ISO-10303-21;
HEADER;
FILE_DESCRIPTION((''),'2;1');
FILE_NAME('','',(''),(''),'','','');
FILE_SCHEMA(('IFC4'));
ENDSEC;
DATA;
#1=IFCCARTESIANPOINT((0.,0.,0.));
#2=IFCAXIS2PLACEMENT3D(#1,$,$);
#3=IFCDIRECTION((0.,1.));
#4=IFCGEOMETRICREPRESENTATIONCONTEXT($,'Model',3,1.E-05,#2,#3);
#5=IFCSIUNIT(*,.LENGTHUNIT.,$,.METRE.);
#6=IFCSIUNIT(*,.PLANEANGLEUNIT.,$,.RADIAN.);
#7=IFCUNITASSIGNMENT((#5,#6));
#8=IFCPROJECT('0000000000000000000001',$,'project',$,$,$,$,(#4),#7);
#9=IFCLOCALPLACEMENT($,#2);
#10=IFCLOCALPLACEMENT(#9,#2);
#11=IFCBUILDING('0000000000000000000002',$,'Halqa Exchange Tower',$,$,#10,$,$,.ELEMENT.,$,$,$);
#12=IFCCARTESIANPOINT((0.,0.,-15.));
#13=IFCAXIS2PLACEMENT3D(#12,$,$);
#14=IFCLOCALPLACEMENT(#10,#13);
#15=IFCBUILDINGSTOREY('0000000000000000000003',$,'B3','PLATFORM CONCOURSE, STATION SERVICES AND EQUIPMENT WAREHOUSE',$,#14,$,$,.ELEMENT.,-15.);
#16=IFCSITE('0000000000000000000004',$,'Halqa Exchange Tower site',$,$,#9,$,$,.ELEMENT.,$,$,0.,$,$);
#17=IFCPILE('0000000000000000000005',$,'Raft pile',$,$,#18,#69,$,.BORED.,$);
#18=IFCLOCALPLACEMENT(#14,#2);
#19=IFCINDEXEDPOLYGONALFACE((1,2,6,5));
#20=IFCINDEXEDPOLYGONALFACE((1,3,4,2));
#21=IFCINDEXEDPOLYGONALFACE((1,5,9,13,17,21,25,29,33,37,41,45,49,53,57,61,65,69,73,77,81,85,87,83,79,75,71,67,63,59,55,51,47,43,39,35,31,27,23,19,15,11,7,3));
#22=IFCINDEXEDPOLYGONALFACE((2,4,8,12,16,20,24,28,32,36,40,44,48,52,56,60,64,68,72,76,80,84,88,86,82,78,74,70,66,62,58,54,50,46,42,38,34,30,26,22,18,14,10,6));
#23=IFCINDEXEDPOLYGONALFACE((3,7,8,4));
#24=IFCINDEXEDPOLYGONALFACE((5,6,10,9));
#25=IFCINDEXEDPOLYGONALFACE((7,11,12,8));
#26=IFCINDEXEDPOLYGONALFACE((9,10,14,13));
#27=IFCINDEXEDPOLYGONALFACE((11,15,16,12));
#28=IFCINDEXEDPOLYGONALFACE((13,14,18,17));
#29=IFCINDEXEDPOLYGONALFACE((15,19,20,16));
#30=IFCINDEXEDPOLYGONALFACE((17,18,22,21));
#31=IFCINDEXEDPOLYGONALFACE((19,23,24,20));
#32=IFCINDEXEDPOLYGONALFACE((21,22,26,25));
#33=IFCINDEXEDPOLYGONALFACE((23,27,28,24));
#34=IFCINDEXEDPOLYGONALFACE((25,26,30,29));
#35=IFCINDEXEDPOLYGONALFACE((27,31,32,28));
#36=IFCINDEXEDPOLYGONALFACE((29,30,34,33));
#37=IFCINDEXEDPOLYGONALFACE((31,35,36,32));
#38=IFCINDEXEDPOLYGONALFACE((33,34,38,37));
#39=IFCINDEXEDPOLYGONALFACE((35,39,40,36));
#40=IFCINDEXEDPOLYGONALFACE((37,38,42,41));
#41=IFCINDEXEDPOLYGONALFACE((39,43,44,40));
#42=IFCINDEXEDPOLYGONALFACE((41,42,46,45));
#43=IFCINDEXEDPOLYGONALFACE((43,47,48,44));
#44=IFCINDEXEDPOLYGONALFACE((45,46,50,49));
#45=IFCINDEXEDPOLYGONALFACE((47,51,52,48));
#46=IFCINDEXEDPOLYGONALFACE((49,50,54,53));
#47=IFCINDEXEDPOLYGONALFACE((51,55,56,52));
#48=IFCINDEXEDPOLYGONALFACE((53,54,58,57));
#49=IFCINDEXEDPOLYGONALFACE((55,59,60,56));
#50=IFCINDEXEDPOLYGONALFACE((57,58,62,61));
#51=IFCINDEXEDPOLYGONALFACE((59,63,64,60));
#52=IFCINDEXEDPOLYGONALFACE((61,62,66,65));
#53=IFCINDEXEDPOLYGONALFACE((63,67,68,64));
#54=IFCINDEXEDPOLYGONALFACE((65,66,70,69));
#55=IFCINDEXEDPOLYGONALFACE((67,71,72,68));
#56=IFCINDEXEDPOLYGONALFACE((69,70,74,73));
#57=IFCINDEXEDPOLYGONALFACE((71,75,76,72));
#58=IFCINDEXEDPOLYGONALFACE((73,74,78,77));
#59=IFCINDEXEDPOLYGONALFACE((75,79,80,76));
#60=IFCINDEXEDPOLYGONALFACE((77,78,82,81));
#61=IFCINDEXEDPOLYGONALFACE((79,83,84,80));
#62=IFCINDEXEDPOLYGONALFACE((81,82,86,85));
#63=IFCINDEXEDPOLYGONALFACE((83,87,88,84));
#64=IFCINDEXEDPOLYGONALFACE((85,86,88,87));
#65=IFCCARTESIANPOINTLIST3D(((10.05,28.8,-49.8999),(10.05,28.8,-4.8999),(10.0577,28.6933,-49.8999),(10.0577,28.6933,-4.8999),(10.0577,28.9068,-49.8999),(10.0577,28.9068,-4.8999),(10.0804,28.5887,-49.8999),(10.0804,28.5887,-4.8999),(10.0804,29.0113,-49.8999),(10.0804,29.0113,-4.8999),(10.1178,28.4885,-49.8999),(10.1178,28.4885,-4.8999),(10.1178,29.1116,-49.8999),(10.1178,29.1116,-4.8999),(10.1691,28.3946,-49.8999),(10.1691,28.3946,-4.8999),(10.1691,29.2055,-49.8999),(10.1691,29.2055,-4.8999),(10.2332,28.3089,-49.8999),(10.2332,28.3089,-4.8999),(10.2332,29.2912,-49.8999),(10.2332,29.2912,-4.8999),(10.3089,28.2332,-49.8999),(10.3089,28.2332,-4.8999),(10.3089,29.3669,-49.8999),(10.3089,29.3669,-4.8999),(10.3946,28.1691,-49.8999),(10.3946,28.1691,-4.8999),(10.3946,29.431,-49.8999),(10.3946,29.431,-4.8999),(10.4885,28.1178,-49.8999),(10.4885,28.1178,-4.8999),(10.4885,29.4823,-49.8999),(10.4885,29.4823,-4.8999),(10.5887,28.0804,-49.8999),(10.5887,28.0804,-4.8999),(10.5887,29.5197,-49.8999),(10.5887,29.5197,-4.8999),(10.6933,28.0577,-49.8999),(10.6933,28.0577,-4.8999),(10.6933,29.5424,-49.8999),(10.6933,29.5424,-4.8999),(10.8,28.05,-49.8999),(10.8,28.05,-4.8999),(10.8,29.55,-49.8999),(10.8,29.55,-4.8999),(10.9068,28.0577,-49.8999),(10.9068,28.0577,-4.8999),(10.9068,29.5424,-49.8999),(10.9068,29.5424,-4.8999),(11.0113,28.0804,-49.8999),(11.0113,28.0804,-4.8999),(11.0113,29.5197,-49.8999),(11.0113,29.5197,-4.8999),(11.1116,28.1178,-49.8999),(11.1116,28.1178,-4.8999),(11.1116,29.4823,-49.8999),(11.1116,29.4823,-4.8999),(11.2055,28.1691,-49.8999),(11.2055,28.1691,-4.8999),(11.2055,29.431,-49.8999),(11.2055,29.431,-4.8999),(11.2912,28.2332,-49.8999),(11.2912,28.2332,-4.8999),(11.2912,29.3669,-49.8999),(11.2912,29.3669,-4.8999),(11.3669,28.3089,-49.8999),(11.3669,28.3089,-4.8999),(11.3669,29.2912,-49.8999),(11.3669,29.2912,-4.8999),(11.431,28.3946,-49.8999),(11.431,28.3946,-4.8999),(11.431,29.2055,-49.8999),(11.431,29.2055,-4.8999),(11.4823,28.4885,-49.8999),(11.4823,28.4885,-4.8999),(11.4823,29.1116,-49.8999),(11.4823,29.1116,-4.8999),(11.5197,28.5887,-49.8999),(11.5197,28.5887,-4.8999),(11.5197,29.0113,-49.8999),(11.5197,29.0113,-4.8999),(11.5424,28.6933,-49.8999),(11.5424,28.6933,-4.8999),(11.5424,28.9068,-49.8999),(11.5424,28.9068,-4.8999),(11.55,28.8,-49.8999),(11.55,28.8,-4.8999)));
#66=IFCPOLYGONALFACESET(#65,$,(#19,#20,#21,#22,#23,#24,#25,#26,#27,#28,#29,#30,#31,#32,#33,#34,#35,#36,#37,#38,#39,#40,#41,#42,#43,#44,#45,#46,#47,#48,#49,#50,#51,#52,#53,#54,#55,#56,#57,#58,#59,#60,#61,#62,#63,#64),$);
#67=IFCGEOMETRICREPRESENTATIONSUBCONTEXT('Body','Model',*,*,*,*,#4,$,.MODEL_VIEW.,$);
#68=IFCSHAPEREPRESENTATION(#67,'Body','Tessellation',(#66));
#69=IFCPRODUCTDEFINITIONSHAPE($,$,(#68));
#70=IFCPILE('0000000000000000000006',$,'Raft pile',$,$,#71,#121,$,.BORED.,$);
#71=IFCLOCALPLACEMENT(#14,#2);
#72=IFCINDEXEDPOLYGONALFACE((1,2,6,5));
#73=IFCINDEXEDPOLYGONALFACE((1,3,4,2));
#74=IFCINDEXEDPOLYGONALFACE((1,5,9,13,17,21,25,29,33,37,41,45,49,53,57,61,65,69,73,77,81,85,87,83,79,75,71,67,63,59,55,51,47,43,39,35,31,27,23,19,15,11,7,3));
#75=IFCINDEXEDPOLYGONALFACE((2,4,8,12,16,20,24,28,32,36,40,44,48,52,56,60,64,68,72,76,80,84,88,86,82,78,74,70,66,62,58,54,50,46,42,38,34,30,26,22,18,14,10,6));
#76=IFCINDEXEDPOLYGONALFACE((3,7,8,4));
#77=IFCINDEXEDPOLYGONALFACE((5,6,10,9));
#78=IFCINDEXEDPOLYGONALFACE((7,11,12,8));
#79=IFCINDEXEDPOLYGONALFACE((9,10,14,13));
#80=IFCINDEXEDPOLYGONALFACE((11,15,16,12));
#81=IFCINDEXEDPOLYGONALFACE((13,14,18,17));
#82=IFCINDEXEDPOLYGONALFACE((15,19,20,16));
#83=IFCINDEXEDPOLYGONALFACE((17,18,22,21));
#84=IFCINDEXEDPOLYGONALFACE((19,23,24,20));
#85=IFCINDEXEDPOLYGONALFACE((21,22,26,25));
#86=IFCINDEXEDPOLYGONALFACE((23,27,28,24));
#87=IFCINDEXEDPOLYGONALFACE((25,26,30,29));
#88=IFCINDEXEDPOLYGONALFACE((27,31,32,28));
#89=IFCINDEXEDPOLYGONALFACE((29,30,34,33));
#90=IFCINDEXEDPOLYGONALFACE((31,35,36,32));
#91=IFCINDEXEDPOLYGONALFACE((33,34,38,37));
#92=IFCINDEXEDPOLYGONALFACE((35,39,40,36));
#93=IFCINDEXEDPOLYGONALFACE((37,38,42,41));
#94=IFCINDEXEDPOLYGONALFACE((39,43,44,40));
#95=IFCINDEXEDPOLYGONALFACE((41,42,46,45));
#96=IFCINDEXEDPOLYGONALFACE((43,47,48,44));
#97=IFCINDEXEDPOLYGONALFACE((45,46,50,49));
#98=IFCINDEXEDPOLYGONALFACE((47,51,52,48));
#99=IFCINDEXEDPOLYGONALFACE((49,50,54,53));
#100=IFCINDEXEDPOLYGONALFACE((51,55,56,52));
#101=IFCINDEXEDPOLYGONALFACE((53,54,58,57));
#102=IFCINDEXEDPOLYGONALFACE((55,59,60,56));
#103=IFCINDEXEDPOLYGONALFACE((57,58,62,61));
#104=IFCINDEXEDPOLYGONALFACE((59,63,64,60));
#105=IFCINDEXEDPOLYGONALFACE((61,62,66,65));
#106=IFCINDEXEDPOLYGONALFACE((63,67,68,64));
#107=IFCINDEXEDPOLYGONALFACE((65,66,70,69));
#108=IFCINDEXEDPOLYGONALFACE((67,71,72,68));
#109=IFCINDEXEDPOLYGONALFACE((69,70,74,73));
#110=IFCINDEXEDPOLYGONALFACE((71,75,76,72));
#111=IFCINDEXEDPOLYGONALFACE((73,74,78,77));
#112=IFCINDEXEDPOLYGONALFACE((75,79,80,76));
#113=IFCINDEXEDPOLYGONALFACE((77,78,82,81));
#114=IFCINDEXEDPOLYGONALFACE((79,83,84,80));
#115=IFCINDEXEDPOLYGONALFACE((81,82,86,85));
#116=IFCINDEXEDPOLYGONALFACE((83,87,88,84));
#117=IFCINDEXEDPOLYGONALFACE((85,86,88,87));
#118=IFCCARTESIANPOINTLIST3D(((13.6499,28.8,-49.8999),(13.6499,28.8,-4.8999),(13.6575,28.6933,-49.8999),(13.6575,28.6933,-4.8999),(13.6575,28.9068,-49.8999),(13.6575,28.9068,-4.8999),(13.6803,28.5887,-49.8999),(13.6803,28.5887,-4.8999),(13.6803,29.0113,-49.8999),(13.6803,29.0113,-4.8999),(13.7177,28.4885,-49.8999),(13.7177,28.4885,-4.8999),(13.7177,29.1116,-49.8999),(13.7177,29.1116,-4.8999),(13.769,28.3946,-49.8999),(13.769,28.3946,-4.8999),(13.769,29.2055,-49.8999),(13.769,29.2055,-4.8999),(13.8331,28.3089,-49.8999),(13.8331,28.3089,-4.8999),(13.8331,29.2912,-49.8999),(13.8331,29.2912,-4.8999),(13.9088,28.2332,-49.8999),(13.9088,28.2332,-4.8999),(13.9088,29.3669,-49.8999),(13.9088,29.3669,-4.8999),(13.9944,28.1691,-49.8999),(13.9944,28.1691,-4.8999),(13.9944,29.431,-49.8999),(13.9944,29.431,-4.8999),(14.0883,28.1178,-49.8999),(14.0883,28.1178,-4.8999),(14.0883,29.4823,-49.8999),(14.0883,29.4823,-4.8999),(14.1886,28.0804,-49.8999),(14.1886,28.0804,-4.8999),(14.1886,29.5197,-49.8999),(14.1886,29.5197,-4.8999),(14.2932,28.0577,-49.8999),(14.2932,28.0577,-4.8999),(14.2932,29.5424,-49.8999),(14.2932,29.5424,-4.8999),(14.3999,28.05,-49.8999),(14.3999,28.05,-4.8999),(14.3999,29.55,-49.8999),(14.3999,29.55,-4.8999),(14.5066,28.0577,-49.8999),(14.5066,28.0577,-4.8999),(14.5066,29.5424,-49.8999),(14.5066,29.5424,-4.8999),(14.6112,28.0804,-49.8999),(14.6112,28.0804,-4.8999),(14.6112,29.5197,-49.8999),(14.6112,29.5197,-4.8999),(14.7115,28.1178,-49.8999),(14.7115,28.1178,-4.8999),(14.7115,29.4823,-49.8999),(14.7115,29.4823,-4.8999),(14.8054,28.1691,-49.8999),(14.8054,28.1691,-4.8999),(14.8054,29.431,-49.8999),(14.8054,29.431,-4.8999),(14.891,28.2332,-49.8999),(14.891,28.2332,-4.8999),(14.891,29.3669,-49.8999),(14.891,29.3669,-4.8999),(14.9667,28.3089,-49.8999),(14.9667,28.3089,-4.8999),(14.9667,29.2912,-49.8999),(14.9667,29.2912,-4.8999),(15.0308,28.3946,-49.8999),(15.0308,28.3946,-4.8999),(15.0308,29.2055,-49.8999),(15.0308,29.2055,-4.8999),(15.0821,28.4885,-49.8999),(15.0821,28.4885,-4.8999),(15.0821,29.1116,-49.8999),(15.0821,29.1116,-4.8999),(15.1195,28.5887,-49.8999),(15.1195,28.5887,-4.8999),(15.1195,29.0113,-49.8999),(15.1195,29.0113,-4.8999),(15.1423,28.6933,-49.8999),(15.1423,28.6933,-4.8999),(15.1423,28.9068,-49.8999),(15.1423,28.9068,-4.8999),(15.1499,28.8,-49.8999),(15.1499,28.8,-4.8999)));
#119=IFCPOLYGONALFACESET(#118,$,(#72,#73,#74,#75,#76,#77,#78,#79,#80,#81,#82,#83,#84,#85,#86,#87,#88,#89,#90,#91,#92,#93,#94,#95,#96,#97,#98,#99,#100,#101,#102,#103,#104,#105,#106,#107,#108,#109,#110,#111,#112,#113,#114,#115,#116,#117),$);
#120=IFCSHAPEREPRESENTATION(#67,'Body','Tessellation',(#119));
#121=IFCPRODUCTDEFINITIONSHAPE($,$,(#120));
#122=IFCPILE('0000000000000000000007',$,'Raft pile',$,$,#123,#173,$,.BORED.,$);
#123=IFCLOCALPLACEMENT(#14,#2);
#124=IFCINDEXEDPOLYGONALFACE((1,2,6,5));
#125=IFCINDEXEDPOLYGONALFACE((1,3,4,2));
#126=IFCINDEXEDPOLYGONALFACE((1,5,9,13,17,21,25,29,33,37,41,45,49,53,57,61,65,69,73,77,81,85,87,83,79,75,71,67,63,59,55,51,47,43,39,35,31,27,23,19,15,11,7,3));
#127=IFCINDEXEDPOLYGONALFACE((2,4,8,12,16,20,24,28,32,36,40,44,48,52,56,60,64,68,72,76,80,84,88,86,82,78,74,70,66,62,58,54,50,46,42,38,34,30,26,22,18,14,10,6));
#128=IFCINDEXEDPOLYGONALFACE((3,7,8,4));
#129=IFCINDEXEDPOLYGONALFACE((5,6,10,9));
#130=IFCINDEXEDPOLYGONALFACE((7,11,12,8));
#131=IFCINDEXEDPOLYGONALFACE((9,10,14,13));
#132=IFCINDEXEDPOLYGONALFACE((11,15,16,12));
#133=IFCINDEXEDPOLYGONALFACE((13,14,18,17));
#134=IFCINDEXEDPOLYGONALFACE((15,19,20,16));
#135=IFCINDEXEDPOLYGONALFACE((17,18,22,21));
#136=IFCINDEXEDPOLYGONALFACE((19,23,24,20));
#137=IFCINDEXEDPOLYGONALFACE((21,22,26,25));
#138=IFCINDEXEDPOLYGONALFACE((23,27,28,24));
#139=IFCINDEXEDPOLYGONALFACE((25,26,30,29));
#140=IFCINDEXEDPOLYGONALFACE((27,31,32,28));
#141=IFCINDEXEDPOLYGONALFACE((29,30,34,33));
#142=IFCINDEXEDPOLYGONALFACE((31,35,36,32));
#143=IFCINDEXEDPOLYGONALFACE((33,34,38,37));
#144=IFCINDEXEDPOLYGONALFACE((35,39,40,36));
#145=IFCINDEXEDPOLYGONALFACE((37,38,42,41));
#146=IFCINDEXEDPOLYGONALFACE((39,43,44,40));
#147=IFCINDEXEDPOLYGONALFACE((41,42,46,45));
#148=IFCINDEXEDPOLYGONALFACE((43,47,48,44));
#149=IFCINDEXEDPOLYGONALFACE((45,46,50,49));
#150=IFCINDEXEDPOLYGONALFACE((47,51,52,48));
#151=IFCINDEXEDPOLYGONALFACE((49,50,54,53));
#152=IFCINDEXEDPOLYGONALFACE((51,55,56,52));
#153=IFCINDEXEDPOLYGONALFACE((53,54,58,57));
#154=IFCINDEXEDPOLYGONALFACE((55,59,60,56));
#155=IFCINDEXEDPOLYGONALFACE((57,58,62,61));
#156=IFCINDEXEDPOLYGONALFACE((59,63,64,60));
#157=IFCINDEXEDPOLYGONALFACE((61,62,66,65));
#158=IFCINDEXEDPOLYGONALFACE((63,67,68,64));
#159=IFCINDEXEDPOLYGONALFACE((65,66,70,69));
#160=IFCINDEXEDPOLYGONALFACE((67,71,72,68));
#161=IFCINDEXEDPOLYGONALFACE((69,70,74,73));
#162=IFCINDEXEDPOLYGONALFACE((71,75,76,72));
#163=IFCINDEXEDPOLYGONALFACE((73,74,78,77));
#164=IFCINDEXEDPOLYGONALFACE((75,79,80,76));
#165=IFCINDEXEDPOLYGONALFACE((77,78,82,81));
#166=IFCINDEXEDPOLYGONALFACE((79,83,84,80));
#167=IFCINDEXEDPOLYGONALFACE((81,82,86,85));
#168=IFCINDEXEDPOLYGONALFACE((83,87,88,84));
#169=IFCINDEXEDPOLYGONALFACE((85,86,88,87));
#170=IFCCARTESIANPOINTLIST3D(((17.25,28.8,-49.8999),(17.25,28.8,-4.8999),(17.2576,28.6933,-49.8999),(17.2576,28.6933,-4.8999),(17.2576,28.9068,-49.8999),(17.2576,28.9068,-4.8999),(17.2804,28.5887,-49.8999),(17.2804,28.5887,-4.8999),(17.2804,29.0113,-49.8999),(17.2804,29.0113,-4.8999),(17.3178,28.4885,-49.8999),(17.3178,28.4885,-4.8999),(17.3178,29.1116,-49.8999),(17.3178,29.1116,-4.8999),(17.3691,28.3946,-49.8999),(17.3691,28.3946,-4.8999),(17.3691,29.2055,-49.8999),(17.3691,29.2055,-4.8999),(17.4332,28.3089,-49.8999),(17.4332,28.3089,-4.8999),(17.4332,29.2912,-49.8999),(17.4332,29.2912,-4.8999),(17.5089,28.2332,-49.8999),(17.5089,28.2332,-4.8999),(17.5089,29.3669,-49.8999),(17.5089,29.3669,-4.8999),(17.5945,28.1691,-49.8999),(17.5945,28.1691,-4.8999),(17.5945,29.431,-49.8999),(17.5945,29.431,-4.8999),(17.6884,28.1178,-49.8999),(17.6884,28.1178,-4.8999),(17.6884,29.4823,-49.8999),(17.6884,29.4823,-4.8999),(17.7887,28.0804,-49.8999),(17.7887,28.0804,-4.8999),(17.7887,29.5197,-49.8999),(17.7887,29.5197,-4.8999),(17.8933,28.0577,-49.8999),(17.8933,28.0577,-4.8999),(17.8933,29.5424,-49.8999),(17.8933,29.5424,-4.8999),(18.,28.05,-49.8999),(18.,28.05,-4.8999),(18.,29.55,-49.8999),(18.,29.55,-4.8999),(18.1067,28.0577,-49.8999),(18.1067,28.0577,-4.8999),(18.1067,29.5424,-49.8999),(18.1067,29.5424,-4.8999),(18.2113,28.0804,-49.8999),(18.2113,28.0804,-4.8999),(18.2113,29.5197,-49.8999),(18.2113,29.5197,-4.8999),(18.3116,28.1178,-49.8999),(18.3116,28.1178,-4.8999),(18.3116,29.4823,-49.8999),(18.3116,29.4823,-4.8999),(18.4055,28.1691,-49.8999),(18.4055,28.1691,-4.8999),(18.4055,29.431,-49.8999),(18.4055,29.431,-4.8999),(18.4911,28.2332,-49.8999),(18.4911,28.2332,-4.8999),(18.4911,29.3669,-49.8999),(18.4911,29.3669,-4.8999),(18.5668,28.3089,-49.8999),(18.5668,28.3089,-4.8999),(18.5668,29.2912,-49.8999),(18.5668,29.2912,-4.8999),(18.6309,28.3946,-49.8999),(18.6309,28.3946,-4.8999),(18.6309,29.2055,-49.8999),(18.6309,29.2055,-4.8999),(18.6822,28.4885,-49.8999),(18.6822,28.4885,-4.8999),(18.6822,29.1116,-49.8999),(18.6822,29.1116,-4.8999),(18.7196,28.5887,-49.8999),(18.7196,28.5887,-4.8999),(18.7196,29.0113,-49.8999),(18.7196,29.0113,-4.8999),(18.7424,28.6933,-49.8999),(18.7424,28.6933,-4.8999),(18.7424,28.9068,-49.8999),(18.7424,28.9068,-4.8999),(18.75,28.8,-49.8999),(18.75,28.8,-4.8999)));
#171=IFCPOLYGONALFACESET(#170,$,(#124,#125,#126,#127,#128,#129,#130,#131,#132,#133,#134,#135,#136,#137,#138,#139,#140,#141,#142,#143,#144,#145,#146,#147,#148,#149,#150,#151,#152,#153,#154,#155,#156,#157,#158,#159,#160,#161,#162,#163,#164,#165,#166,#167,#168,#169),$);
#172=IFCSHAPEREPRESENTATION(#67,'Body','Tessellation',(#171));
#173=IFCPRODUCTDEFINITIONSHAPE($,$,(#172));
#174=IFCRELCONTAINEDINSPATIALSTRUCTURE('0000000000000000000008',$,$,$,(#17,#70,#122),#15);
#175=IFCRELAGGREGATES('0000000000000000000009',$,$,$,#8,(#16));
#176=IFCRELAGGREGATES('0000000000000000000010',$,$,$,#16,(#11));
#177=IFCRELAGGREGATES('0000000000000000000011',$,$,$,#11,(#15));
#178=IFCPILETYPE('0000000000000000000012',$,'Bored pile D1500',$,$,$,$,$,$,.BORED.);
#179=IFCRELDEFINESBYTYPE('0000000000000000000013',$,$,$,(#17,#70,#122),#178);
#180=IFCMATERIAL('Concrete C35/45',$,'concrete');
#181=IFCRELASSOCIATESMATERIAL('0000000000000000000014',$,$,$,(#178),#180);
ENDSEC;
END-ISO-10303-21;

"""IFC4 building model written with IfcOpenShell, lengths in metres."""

from ifc_helpers import new_model, si_unit, direction, frame, origin, origin_2d, place, context, subcontext, project, spatial, circle, extrude, material, material_profile, profile_set, type_object, element, save


model = new_model("IFC4")

# Units and contexts
model_context = context("Model", 3, precision=1e-05, world=origin(), true_north=direction((0.0, 1.0)))
body_context = subcontext(model_context, "Body", "Model", "MODEL_VIEW")
ifc_project = project(units=[si_unit("LENGTHUNIT", "METRE"), si_unit("PLANEANGLEUNIT", "RADIAN")], contexts=[model_context])

# Site, building, storey
site_placement = place(None, origin())
site = spatial("IfcSite", under=ifc_project, at=site_placement, Name="Halqa Exchange Tower site", CompositionType="ELEMENT", RefElevation=0.0)
building_placement = place(site_placement, origin())
building = spatial("IfcBuilding", under=site, at=building_placement, Name="Halqa Exchange Tower", CompositionType="ELEMENT")
storey_placement = place(building_placement, frame((0.0, 0.0, -15.0)))
storey = spatial("IfcBuildingStorey", under=building, at=storey_placement, Name="B3", Description="PLATFORM CONCOURSE, STATION SERVICES AND EQUIPMENT WAREHOUSE", CompositionType="ELEMENT", Elevation=-15.0)

# Piles
ifc_material_1 = material(Name="Concrete C35/45", Category="concrete")
ifc_material_profile_1 = material_profile(ifc_material_1, circle(Radius=0.75, at=origin_2d()), Name="D1500")
ifc_profile_set_1 = profile_set([ifc_material_profile_1], Name="Concrete C35/45")
pile_type_1 = type_object("IfcPileType", Name="Bored pile D1500", PredefinedType="BORED", material=ifc_profile_set_1)
for number, where, z_axis, x_axis, name in (
    (1, (10.8, 28.8, -4.8999), (0.0, 0.0, -1.0), (1.0, 0.0, 0.0), "Raft pile"),
    (2, (14.3999, 28.8, -4.8999), (0.0, 0.0, -1.0), (1.0, 0.0, 0.0), "Raft pile"),
    (3, (18.0, 28.8, -4.8999), (0.0, 0.0, -1.0), (1.0, 0.0, 0.0), "Raft pile"),
):
    element("IfcPile", number, at=place(storey_placement, frame(where, z_axis=z_axis, x_axis=x_axis)), inside=storey, type_object=pile_type_1, Name=name, PredefinedType="BORED", context=body_context, shape_type="SweptSolid", body=[
        extrude(circle(Radius=0.75, at=origin_2d()), origin(), (0.0, 0.0, 1.0), 45.0),
    ])

save(model, "model.ifc")
